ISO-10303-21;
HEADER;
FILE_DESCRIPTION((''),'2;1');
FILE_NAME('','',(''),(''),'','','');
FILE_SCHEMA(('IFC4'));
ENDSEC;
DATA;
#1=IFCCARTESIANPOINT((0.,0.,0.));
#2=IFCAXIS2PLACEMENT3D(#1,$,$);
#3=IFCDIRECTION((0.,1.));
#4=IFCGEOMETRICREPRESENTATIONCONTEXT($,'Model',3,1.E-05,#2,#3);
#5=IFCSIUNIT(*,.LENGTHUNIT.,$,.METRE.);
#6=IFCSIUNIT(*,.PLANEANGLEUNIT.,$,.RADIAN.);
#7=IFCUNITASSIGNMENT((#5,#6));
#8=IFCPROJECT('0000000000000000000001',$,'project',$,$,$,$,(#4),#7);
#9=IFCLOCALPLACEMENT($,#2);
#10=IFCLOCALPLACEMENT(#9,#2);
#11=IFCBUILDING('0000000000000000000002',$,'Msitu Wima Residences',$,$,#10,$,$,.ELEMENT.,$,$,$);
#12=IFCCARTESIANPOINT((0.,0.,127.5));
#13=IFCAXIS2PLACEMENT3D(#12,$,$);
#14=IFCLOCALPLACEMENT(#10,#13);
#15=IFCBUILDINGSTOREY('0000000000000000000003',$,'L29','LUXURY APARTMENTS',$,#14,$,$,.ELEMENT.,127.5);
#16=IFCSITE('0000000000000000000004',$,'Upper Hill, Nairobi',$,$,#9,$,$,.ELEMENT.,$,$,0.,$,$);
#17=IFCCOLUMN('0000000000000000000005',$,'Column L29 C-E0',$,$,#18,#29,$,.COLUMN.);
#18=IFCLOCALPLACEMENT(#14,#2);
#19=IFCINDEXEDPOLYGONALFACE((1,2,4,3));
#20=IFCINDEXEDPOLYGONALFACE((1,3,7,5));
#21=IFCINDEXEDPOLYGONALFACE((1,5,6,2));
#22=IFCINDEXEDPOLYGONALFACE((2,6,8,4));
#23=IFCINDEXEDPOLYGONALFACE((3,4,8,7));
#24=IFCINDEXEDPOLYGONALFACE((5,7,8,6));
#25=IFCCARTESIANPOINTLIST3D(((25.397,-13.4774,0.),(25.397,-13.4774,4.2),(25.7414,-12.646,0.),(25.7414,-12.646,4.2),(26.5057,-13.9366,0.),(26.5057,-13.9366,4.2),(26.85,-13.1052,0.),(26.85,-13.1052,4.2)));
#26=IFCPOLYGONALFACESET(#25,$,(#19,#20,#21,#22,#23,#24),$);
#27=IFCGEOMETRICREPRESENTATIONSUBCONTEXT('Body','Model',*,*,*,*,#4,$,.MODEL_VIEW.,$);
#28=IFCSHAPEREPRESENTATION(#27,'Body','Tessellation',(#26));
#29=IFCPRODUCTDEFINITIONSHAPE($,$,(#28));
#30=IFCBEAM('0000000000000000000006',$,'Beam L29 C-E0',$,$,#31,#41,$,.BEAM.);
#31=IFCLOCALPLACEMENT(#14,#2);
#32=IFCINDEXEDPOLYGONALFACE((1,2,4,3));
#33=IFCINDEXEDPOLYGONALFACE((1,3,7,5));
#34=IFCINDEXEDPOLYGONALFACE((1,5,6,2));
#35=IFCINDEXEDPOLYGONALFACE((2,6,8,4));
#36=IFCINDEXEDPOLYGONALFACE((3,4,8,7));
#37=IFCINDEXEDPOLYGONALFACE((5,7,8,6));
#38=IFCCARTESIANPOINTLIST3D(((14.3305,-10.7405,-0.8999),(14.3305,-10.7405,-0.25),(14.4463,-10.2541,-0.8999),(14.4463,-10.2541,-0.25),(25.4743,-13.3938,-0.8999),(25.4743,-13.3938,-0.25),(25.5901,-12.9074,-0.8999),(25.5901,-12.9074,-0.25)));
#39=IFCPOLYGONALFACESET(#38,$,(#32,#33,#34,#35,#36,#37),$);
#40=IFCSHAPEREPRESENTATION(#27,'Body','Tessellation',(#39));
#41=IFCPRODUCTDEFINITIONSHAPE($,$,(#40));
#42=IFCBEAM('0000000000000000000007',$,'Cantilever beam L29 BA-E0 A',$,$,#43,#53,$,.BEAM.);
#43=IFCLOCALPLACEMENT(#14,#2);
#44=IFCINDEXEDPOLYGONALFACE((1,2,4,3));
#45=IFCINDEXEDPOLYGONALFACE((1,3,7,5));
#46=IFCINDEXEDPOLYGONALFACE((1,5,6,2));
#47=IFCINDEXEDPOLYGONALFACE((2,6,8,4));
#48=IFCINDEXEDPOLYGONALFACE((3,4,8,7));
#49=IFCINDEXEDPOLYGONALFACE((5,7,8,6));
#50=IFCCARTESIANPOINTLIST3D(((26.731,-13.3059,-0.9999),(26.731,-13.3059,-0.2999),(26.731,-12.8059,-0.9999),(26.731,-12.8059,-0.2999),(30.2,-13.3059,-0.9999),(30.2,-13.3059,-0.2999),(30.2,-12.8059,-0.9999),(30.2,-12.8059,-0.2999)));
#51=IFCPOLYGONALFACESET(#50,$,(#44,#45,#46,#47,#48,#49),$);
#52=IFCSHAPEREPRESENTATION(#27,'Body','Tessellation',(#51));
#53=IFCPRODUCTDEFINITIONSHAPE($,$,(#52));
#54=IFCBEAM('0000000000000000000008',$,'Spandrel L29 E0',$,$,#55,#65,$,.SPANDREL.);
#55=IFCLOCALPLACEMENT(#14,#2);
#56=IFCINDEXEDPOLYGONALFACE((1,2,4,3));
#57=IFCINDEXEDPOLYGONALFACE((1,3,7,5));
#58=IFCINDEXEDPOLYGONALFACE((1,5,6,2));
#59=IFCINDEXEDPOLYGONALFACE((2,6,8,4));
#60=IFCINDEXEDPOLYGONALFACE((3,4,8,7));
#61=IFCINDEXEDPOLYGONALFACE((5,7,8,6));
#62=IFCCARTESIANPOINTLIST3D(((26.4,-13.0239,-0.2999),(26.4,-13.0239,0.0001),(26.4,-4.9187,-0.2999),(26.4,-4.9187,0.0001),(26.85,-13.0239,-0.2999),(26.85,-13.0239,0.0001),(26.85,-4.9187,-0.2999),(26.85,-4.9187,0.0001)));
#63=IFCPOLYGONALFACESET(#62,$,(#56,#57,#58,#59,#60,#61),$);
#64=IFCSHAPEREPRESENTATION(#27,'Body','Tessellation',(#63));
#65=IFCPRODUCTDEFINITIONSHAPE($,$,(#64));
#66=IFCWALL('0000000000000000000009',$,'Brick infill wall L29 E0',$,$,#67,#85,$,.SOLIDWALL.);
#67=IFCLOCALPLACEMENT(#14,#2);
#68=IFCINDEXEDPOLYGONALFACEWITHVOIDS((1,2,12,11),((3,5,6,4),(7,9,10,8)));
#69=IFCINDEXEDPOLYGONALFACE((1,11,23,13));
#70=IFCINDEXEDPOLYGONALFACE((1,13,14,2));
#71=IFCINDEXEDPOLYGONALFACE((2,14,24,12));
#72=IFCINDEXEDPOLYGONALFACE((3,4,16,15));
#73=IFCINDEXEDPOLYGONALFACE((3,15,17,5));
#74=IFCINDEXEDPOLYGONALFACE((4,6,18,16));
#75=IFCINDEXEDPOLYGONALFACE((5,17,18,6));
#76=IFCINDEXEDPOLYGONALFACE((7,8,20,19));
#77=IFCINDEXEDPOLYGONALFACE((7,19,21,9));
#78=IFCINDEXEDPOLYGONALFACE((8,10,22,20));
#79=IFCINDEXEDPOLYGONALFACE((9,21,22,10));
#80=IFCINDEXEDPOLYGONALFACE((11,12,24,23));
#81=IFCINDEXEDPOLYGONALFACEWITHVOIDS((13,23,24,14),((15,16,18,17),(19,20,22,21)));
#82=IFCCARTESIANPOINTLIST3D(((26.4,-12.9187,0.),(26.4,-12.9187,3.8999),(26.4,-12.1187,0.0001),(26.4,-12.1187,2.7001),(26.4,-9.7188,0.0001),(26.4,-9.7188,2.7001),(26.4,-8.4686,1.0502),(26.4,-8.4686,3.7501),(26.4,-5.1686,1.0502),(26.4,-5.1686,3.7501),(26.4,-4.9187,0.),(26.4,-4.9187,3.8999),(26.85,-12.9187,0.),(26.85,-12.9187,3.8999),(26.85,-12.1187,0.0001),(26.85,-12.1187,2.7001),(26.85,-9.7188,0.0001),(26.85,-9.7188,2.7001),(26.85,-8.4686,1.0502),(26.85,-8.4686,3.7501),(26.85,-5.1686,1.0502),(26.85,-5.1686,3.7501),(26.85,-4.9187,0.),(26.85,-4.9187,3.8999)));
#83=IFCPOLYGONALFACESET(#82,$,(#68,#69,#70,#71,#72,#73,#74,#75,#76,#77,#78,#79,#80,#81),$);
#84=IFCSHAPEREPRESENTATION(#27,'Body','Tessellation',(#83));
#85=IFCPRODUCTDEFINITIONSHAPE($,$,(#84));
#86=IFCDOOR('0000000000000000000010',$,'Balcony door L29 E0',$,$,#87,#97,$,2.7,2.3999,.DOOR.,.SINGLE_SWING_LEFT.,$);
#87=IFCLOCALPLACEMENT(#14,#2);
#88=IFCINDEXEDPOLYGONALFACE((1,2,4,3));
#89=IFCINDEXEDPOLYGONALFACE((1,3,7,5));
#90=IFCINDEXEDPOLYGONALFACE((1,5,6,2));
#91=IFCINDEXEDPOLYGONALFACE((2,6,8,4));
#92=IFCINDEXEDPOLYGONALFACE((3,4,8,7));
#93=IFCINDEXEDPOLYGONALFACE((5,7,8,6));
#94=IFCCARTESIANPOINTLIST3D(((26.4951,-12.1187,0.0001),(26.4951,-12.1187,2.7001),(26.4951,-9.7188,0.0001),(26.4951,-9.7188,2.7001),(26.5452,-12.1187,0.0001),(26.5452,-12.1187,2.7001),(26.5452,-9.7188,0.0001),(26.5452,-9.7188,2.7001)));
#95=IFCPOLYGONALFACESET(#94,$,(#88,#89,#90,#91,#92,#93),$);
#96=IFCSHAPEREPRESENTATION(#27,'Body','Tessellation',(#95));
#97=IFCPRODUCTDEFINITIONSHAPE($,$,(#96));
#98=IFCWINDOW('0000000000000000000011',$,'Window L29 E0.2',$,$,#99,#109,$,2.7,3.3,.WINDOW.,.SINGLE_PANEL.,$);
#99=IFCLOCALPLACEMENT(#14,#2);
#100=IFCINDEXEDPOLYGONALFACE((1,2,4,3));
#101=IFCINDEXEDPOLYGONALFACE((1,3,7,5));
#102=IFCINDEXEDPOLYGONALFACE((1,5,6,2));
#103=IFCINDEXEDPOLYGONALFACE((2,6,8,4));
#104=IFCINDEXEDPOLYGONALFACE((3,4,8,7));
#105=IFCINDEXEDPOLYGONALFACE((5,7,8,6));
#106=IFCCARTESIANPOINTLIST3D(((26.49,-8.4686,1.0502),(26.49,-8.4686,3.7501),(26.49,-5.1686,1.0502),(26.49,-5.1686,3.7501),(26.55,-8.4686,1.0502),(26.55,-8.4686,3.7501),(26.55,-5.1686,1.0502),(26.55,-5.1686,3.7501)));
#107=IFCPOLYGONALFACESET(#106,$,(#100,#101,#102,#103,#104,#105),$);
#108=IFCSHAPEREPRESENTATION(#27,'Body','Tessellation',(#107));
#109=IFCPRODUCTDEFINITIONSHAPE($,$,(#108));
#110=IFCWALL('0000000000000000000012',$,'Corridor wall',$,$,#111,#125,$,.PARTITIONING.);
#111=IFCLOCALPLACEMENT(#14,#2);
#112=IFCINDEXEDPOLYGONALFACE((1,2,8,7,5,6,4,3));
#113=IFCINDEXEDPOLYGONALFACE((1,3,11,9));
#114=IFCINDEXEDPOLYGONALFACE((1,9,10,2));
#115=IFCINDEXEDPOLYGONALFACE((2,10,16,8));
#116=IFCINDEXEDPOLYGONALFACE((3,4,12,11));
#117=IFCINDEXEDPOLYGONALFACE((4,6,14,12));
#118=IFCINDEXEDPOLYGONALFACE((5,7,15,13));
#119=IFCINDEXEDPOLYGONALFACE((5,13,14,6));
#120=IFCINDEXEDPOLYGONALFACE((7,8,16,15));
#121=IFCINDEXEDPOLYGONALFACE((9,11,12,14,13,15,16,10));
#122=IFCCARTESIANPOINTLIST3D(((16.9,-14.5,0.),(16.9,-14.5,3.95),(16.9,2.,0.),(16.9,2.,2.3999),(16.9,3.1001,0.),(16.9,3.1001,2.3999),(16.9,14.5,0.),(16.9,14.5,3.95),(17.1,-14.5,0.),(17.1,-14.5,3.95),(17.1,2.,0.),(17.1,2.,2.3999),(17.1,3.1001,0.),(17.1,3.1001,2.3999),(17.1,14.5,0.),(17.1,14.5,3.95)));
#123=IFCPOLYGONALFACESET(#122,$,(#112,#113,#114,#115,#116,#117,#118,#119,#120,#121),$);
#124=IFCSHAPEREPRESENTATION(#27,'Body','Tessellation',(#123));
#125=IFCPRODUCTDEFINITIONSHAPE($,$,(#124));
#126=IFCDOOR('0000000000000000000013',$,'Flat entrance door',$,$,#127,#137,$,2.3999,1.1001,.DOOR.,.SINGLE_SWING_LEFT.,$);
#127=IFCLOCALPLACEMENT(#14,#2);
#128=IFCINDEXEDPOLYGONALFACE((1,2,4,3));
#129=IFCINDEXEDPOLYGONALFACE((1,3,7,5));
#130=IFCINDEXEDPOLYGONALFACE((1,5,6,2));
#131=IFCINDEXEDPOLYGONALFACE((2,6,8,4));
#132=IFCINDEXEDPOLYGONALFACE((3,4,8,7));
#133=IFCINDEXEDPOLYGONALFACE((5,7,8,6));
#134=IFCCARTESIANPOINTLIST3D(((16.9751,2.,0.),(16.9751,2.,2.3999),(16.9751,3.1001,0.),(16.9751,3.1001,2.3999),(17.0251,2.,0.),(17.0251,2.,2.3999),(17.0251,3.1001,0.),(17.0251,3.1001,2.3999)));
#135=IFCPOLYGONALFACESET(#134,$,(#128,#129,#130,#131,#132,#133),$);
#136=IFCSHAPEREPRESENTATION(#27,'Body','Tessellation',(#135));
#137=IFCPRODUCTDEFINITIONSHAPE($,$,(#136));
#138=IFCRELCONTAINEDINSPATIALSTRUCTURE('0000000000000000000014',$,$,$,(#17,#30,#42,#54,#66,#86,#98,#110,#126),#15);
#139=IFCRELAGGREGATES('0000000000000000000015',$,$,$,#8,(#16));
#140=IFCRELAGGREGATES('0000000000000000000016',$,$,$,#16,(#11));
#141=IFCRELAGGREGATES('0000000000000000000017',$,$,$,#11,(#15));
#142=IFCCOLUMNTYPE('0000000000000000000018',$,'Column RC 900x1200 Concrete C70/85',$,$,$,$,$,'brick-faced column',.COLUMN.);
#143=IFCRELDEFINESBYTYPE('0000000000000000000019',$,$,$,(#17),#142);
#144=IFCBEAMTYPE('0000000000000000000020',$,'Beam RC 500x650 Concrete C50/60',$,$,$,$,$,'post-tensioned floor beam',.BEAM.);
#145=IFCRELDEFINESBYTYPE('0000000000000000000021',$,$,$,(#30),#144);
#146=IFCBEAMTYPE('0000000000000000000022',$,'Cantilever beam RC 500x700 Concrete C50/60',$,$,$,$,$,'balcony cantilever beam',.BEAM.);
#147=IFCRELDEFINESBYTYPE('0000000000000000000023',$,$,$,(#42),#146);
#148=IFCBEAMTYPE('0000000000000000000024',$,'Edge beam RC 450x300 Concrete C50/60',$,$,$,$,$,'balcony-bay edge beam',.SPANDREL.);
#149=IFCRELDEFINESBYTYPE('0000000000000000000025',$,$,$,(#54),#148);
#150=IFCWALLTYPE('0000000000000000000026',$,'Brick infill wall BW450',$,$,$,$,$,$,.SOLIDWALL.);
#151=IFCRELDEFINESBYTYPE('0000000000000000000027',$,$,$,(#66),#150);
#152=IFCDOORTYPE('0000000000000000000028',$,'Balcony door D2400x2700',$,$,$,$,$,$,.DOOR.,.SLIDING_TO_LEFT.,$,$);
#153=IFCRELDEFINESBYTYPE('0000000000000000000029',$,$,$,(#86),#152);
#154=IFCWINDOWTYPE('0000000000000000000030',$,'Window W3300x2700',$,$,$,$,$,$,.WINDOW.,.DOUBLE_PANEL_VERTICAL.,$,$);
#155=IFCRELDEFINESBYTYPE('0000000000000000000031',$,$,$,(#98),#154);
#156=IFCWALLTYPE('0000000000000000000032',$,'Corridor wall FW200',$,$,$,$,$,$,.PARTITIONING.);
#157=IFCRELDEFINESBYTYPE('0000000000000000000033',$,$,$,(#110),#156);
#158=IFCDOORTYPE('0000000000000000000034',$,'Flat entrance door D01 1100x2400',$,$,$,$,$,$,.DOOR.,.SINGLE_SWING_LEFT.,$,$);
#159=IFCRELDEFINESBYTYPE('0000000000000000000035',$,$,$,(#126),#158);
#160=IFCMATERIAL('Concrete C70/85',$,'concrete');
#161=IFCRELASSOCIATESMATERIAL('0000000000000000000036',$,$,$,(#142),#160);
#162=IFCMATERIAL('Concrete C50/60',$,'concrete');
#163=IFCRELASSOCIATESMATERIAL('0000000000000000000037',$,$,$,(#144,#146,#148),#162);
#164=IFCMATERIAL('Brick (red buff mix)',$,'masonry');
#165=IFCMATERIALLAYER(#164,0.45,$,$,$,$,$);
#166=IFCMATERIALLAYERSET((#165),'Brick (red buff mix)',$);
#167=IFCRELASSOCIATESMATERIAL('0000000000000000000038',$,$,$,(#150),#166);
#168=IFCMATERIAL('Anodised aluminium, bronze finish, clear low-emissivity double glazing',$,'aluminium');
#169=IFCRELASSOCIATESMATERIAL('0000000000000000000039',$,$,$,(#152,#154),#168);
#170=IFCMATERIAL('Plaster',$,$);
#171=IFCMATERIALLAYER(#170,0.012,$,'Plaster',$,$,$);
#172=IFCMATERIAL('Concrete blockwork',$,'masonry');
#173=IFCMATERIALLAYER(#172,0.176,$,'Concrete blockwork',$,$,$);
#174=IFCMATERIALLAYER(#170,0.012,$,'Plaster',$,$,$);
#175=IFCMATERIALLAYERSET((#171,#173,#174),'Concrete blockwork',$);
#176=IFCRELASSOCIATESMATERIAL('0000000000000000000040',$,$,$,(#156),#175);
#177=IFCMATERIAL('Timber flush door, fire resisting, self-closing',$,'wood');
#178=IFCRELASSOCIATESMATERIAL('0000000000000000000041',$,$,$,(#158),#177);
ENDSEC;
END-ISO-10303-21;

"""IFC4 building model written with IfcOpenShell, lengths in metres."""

from ifc_helpers import new_model, si_unit, direction, frame, frame_2d, origin, origin_2d, place, context, subcontext, project, spatial, rectangle, extrude, material, layer, layer_set, material_profile, profile_set, type_object, element, fill, save


model = new_model("IFC4")

# Units and contexts
model_context = context("Model", 3, precision=1e-05, world=origin(), true_north=direction((0.0, 1.0)))
body_context = subcontext(model_context, "Body", "Model", "MODEL_VIEW")
ifc_project = project(units=[si_unit("LENGTHUNIT", "METRE"), si_unit("PLANEANGLEUNIT", "RADIAN")], contexts=[model_context])

# Site, building, storey
site_placement = place(None, origin())
site = spatial("IfcSite", under=ifc_project, at=site_placement, Name="Upper Hill, Nairobi", CompositionType="ELEMENT", RefElevation=0.0)
building_placement = place(site_placement, origin())
building = spatial("IfcBuilding", under=site, at=building_placement, Name="Msitu Wima Residences", CompositionType="ELEMENT")
storey_placement = place(building_placement, frame((0.0, 0.0, 127.5)))
storey = spatial("IfcBuildingStorey", under=building, at=storey_placement, Name="L29", Description="LUXURY APARTMENTS", CompositionType="ELEMENT", Elevation=127.5)

# Column
ifc_material_1 = material(Name="Concrete C70/85", Category="concrete")
ifc_material_profile_1 = material_profile(ifc_material_1, rectangle(XDim=0.8999, YDim=1.2, at=origin_2d()), Name="RC 900x1200")
ifc_profile_set_1 = profile_set([ifc_material_profile_1], Name="Concrete C70/85")
column_type = type_object("IfcColumnType", Name="Column RC 900x1200 Concrete C70/85", ElementType="brick-faced column", PredefinedType="COLUMN", material=ifc_profile_set_1)
column_placement = place(storey_placement, frame((26.1235, -13.2913, 0.0), z_axis=(0.0, 0.0, 1.0), x_axis=(0.382683, 0.92388, 0.0)))
element("IfcColumn", 1, at=column_placement, inside=storey, type_object=column_type, Name="Column L29 C-E0", PredefinedType="COLUMN", context=body_context, shape_type="SweptSolid", body=[
    extrude(rectangle(XDim=0.8999, YDim=1.2, at=origin_2d()), origin(), (0.0, 0.0, 1.0), 4.2),
])

# Beams
ifc_material_2 = material(Name="Concrete C50/60", Category="concrete")
ifc_material_profile_2 = material_profile(ifc_material_2, rectangle(XDim=0.5, YDim=0.6499, at=origin_2d()), Name="RC 500x650")
ifc_profile_set_2 = profile_set([ifc_material_profile_2], Name="Concrete C50/60")
beam_type_1 = type_object("IfcBeamType", Name="Beam RC 500x650 Concrete C50/60", ElementType="post-tensioned floor beam", PredefinedType="BEAM", material=ifc_profile_set_2)
beam_1_placement = place(storey_placement, frame((25.5322, -13.1506, -0.575), z_axis=(-0.972806, 0.231623, 0.0), x_axis=(-0.231623, -0.972806, 0.0)))
element("IfcBeam", 2, at=beam_1_placement, inside=storey, type_object=beam_type_1, Name="Beam L29 C-E0", PredefinedType="BEAM", context=body_context, shape_type="SweptSolid", body=[
    extrude(rectangle(XDim=0.5, YDim=0.6499, at=origin_2d()), origin(), (0.0, 0.0, 1.0), 11.4553),
])
ifc_material_profile_3 = material_profile(ifc_material_2, rectangle(XDim=0.5, YDim=0.7, at=origin_2d()), Name="RC 500x700")
ifc_profile_set_3 = profile_set([ifc_material_profile_3], Name="Concrete C50/60")
beam_type_2 = type_object("IfcBeamType", Name="Cantilever beam RC 500x700 Concrete C50/60", ElementType="balcony cantilever beam", PredefinedType="BEAM", material=ifc_profile_set_3)
beam_2_placement = place(storey_placement, frame((26.731, -13.0559, -0.6499), z_axis=(1.0, 0.0, 0.0), x_axis=(0.0, 1.0, 0.0)))
element("IfcBeam", 3, at=beam_2_placement, inside=storey, type_object=beam_type_2, Name="Cantilever beam L29 BA-E0 A", PredefinedType="BEAM", context=body_context, shape_type="SweptSolid", body=[
    extrude(rectangle(XDim=0.5, YDim=0.7, at=origin_2d()), origin(), (0.0, 0.0, 1.0), 3.469),
])
ifc_material_profile_4 = material_profile(ifc_material_2, rectangle(XDim=0.45, YDim=0.3, at=origin_2d()), Name="RC 450x300")
ifc_profile_set_4 = profile_set([ifc_material_profile_4], Name="Concrete C50/60")
beam_type_3 = type_object("IfcBeamType", Name="Edge beam RC 450x300 Concrete C50/60", ElementType="balcony-bay edge beam", PredefinedType="SPANDREL", material=ifc_profile_set_4)
beam_3_placement = place(storey_placement, frame((26.625, -13.0239, -0.1499), z_axis=(0.0, 1.0, 0.0), x_axis=(-1.0, 0.0, 0.0)))
element("IfcBeam", 4, at=beam_3_placement, inside=storey, type_object=beam_type_3, Name="Spandrel L29 E0", PredefinedType="SPANDREL", context=body_context, shape_type="SweptSolid", body=[
    extrude(rectangle(XDim=0.45, YDim=0.3, at=origin_2d()), origin(), (0.0, 0.0, 1.0), 8.1052),
])

# Wall, openings, door, window
ifc_material_3 = material(Name="Brick (red buff mix)", Category="masonry")
ifc_layer_1 = layer(ifc_material_3, 0.45)
ifc_layer_set_1 = layer_set([ifc_layer_1], Name="Brick (red buff mix)")
wall_type_1 = type_object("IfcWallType", Name="Brick infill wall BW450", PredefinedType="SOLIDWALL", material=ifc_layer_set_1)
wall_1_placement = place(storey_placement, frame((26.625, -12.9187, 0.0), z_axis=(0.0, 0.0, 1.0), x_axis=(0.0, 1.0, 0.0)))
wall_1 = element("IfcWall", 5, at=wall_1_placement, inside=storey, type_object=wall_type_1, Name="Brick infill wall L29 E0", PredefinedType="SOLIDWALL", context=body_context, shape_type="SweptSolid", body=[
    extrude(rectangle(XDim=8.0, YDim=0.45, at=frame_2d((4.0, 0.0))), origin(), (0.0, 0.0, 1.0), 3.8999),
])
opening_1_placement = place(wall_1_placement, frame((0.8, 0.0, 0.0)))
opening_1 = element("IfcOpeningElement", 6, at=opening_1_placement, cuts=wall_1, PredefinedType="OPENING", context=body_context, shape_type="SweptSolid", body=[
    extrude(rectangle(XDim=2.3999, YDim=2.7, at=frame_2d((1.2, 1.3501))), frame((0.0, 0.2349, 0.0), z_axis=(0.0, -1.0, 0.0), x_axis=(1.0, 0.0, 0.0)), (0.0, 0.0, 1.0), 0.47),
])
opening_2_placement = place(wall_1_placement, frame((4.4502, 0.0, 1.05)))
opening_2 = element("IfcOpeningElement", 7, at=opening_2_placement, cuts=wall_1, PredefinedType="OPENING", context=body_context, shape_type="SweptSolid", body=[
    extrude(rectangle(XDim=3.3, YDim=2.7, at=frame_2d((1.6499, 1.3501))), frame((0.0, 0.2349, 0.0), z_axis=(0.0, -1.0, 0.0), x_axis=(1.0, 0.0, 0.0)), (0.0, 0.0, 1.0), 0.47),
])
ifc_material_4 = material(Name="Anodised aluminium, bronze finish, clear low-emissivity double glazing", Category="aluminium")
door_type_1 = type_object("IfcDoorType", Name="Balcony door D2400x2700", OperationType="SLIDING_TO_LEFT", PredefinedType="DOOR", material=ifc_material_4)
door_1_placement = place(opening_1_placement, origin())
door_1 = element("IfcDoor", 8, at=door_1_placement, inside=storey, type_object=door_type_1, Name="Balcony door L29 E0", OperationType="SINGLE_SWING_LEFT", OverallHeight=2.7, OverallWidth=2.3999, PredefinedType="DOOR", context=body_context, shape_type="SweptSolid", body=[
    extrude(rectangle(XDim=2.3999, YDim=2.7, at=frame_2d((1.2, 1.3501))), frame((0.0, 0.1299, 0.0), z_axis=(0.0, -1.0, 0.0), x_axis=(1.0, 0.0, 0.0)), (0.0, 0.0, 1.0), 0.05),
])
fill(opening_1, door_1)
window_type = type_object("IfcWindowType", Name="Window W3300x2700", PartitioningType="DOUBLE_PANEL_VERTICAL", PredefinedType="WINDOW", material=ifc_material_4)
window_placement = place(opening_2_placement, origin())
window = element("IfcWindow", 9, at=window_placement, inside=storey, type_object=window_type, Name="Window L29 E0.2", OverallHeight=2.7, OverallWidth=3.3, PartitioningType="SINGLE_PANEL", PredefinedType="WINDOW", context=body_context, shape_type="SweptSolid", body=[
    extrude(rectangle(XDim=3.3, YDim=2.7, at=frame_2d((1.6499, 1.3501))), frame((0.0, 0.135, 0.0), z_axis=(0.0, -1.0, 0.0), x_axis=(1.0, 0.0, 0.0)), (0.0, 0.0, 1.0), 0.0601),
])
fill(opening_2, window)

# Wall, opening, door
ifc_material_5 = material(Name="Plaster")
ifc_layer_2 = layer(ifc_material_5, 0.012, Name="Plaster")
ifc_material_6 = material(Name="Concrete blockwork", Category="masonry")
ifc_layer_3 = layer(ifc_material_6, 0.176, Name="Concrete blockwork")
ifc_layer_4 = layer(ifc_material_5, 0.012, Name="Plaster")
ifc_layer_set_2 = layer_set([ifc_layer_2, ifc_layer_3, ifc_layer_4], Name="Concrete blockwork")
wall_type_2 = type_object("IfcWallType", Name="Corridor wall FW200", PredefinedType="PARTITIONING", material=ifc_layer_set_2)
wall_2_placement = place(storey_placement, frame((17.0, -14.5, 0.0), z_axis=(0.0, 0.0, 1.0), x_axis=(0.0, 1.0, 0.0)))
wall_2 = element("IfcWall", 10, at=wall_2_placement, inside=storey, type_object=wall_type_2, Name="Corridor wall", PredefinedType="PARTITIONING", context=body_context, shape_type="SweptSolid", body=[
    extrude(rectangle(XDim=29.0, YDim=0.2, at=frame_2d((14.5, 0.0))), origin(), (0.0, 0.0, 1.0), 3.95),
])
opening_3_placement = place(wall_2_placement, frame((16.5, 0.0, 0.0)))
opening_3 = element("IfcOpeningElement", 11, at=opening_3_placement, cuts=wall_2, PredefinedType="OPENING", context=body_context, shape_type="SweptSolid", body=[
    extrude(rectangle(XDim=1.1001, YDim=2.3999, at=frame_2d((0.55, 1.2))), frame((0.0, 0.1099, 0.0), z_axis=(0.0, -1.0, 0.0), x_axis=(1.0, 0.0, 0.0)), (0.0, 0.0, 1.0), 0.22),
])
ifc_material_7 = material(Name="Timber flush door, fire resisting, self-closing", Category="wood")
door_type_2 = type_object("IfcDoorType", Name="Flat entrance door D01 1100x2400", OperationType="SINGLE_SWING_LEFT", PredefinedType="DOOR", material=ifc_material_7)
door_2_placement = place(opening_3_placement, origin())
door_2 = element("IfcDoor", 12, at=door_2_placement, inside=storey, type_object=door_type_2, Name="Flat entrance door", OperationType="SINGLE_SWING_LEFT", OverallHeight=2.3999, OverallWidth=1.1001, PredefinedType="DOOR", context=body_context, shape_type="SweptSolid", body=[
    extrude(rectangle(XDim=1.1001, YDim=2.3999, at=frame_2d((0.55, 1.2))), frame((0.0, 0.0249, 0.0), z_axis=(0.0, -1.0, 0.0), x_axis=(1.0, 0.0, 0.0)), (0.0, 0.0, 1.0), 0.05),
])
fill(opening_3, door_2)

save(model, "model.ifc")
